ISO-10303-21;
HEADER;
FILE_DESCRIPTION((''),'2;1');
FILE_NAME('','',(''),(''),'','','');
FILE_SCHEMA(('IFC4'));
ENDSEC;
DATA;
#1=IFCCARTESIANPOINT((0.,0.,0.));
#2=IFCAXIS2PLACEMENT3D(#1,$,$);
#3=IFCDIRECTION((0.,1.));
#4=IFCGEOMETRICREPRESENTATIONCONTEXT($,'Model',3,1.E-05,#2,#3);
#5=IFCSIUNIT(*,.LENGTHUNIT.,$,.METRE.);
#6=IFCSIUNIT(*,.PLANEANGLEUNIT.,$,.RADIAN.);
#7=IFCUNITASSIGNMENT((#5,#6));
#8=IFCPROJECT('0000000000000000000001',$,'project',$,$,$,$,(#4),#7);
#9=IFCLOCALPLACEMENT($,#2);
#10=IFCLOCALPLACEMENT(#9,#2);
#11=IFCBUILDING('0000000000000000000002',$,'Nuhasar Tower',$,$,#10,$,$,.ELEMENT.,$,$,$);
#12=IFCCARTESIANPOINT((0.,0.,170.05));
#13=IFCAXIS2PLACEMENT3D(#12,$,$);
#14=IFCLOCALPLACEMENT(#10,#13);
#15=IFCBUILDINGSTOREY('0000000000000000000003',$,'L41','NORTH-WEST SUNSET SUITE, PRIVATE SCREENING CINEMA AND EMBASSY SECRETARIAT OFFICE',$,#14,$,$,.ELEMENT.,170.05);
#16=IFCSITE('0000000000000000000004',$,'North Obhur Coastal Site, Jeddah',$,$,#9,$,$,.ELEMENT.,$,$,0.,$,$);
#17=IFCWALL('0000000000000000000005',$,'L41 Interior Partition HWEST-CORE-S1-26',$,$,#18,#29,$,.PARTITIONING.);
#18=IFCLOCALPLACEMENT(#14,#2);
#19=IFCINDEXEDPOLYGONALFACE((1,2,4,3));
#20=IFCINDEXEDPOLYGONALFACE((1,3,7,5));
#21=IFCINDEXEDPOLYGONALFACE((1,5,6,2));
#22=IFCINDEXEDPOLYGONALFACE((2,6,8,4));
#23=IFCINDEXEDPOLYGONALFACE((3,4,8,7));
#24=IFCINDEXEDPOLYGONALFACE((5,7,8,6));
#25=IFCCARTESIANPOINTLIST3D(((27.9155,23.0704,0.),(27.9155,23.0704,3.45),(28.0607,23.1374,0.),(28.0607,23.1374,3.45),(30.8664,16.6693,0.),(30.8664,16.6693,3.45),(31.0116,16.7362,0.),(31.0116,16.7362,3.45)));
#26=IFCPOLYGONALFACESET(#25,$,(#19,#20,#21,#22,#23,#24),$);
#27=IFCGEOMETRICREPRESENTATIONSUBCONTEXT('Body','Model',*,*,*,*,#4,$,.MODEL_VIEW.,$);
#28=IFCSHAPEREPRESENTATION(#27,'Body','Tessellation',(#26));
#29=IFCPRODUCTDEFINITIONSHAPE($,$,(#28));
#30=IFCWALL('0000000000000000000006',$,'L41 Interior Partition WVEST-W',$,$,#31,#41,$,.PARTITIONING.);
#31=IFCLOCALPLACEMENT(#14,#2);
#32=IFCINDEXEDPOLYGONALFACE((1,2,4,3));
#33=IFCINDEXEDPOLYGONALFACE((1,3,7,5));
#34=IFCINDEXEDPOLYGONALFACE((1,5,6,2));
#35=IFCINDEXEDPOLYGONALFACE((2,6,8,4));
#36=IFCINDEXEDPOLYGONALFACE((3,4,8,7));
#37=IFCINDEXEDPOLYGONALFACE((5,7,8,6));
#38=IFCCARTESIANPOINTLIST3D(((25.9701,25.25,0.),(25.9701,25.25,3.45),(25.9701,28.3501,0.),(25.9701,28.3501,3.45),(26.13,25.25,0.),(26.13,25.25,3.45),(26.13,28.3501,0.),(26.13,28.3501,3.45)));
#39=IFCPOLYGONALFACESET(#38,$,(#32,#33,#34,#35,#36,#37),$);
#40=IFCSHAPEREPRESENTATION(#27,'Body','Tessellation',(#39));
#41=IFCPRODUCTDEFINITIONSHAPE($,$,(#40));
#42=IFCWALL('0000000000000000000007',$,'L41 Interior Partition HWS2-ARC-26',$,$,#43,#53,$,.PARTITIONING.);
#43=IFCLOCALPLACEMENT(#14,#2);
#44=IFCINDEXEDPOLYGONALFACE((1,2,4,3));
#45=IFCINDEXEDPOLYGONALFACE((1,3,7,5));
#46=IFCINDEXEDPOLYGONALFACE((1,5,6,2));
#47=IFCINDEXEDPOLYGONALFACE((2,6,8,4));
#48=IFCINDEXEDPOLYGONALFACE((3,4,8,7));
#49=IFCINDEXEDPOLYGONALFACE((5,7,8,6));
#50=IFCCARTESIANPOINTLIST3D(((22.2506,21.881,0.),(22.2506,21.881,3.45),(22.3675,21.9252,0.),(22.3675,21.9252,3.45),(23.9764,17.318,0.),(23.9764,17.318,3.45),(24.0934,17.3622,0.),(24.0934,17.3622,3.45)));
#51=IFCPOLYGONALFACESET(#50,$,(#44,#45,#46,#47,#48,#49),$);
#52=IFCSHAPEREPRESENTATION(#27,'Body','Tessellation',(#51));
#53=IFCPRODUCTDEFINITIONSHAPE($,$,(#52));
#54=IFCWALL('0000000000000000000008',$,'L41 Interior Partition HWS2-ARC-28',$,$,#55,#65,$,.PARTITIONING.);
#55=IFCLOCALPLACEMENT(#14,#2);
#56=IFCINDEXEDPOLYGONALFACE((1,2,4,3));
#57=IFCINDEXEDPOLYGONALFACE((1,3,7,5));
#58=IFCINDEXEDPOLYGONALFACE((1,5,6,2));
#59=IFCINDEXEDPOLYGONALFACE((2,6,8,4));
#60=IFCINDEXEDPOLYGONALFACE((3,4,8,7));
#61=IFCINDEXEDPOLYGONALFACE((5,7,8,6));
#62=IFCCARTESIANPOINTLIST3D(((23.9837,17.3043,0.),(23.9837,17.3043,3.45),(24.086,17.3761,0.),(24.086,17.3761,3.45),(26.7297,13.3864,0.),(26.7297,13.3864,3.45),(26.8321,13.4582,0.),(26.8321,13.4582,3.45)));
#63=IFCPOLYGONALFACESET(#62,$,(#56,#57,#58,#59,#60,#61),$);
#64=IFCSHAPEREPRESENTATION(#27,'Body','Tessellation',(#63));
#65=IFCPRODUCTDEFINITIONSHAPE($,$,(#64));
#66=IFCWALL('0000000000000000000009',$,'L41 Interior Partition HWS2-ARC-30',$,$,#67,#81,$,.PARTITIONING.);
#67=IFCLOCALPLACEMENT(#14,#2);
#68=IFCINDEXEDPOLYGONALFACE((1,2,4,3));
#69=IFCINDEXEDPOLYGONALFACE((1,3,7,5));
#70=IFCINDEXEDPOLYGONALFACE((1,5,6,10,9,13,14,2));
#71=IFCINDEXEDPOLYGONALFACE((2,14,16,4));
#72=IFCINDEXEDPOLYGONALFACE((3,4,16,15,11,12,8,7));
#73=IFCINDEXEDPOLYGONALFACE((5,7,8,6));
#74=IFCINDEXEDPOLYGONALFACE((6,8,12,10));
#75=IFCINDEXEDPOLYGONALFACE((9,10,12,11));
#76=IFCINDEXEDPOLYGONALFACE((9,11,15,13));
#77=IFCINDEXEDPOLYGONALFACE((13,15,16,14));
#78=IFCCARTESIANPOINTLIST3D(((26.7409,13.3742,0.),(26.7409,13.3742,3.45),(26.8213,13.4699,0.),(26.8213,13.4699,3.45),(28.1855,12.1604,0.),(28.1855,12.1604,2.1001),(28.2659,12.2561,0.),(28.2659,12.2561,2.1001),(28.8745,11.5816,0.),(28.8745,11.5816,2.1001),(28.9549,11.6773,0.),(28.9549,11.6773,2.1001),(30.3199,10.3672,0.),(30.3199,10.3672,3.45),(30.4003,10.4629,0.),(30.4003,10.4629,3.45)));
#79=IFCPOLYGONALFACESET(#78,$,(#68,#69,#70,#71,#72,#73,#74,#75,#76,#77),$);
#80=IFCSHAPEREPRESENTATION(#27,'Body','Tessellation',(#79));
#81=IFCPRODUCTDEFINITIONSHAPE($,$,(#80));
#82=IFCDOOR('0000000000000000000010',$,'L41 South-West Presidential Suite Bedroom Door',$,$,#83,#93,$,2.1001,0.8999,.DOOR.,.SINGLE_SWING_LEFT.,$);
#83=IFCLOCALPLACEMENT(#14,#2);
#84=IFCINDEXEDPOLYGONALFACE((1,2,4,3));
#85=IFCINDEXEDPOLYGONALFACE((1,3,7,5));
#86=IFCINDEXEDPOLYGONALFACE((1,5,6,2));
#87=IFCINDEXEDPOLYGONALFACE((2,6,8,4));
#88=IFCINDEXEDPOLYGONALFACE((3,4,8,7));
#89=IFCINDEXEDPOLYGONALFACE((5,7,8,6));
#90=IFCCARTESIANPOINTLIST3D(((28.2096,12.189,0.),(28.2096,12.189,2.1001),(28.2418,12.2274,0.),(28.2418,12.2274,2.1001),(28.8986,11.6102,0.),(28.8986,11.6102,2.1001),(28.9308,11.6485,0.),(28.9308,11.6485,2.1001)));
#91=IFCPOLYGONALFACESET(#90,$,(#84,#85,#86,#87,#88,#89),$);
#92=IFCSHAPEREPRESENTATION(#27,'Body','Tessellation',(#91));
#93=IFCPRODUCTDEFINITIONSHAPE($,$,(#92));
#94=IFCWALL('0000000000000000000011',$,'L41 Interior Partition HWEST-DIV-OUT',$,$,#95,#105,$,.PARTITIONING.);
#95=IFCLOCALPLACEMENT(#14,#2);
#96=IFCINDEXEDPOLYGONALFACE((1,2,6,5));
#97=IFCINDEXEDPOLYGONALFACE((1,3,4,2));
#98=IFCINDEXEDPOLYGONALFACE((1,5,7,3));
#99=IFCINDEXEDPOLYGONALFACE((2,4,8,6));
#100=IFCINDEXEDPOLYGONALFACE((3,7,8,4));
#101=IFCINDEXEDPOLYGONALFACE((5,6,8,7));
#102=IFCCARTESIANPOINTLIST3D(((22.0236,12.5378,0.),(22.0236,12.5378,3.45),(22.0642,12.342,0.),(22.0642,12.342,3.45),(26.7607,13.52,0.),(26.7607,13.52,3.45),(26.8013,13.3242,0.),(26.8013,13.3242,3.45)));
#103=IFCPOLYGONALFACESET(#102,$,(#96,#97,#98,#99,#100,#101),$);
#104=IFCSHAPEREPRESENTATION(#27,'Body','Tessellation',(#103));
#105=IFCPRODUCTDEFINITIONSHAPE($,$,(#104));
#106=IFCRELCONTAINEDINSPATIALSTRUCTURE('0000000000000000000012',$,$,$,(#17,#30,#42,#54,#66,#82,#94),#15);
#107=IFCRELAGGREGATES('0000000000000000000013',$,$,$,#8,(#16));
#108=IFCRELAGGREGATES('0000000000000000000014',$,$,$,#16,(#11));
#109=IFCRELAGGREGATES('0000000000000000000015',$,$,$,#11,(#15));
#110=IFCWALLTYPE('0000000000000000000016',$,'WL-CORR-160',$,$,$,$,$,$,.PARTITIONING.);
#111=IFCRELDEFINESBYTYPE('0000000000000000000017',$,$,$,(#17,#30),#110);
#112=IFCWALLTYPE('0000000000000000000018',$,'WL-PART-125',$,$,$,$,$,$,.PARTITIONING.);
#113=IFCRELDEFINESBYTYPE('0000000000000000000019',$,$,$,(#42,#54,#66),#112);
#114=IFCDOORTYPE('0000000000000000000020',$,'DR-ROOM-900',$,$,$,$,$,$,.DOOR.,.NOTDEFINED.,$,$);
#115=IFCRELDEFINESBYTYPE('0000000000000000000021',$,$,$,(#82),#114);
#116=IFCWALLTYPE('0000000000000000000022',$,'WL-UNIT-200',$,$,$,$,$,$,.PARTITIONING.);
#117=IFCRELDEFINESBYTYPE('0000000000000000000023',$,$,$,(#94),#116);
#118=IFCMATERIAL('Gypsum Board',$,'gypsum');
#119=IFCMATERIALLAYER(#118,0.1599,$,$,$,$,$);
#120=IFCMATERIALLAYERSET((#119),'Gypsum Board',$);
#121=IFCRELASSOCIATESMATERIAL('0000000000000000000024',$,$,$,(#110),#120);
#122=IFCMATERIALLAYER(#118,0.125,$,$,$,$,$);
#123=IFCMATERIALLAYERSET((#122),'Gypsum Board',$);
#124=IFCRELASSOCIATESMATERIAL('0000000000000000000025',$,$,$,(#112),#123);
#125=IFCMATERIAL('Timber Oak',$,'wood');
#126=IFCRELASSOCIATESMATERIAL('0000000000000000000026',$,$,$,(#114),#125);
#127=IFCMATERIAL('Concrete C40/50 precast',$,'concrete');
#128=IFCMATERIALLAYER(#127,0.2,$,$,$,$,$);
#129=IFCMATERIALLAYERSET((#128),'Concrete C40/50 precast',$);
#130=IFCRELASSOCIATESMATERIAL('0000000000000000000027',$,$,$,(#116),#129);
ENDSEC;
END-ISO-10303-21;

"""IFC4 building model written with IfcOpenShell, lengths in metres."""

from ifc_helpers import new_model, si_unit, direction, frame, frame_2d, origin, place, context, subcontext, project, spatial, rectangle, extrude, material, layer, layer_set, type_object, element, fill, save


model = new_model("IFC4")

# Units and contexts
model_context = context("Model", 3, precision=1e-05, world=origin(), true_north=direction((0.0, 1.0)))
body_context = subcontext(model_context, "Body", "Model", "MODEL_VIEW")
ifc_project = project(units=[si_unit("LENGTHUNIT", "METRE"), si_unit("PLANEANGLEUNIT", "RADIAN")], contexts=[model_context])

# Site, building, storey
site_placement = place(None, origin())
site = spatial("IfcSite", under=ifc_project, at=site_placement, Name="North Obhur Coastal Site, Jeddah", CompositionType="ELEMENT", RefElevation=0.0)
building_placement = place(site_placement, origin())
building = spatial("IfcBuilding", under=site, at=building_placement, Name="Nuhasar Tower", CompositionType="ELEMENT")
storey_placement = place(building_placement, frame((0.0, 0.0, 170.05)))
storey = spatial("IfcBuildingStorey", under=building, at=storey_placement, Name="L41", Description="NORTH-WEST SUNSET SUITE, PRIVATE SCREENING CINEMA AND EMBASSY SECRETARIAT OFFICE", CompositionType="ELEMENT", Elevation=170.05)

# Wall
ifc_material_1 = material(Name="Gypsum Board", Category="gypsum")
ifc_layer_1 = layer(ifc_material_1, 0.1599)
ifc_layer_set_1 = layer_set([ifc_layer_1], Name="Gypsum Board")
wall_type_1 = type_object("IfcWallType", Name="WL-CORR-160", PredefinedType="PARTITIONING", material=ifc_layer_set_1)
wall_1_placement = place(storey_placement, frame((27.988, 23.104, 0.0), z_axis=(0.0, 0.0, 1.0), x_axis=(0.418656, -0.908145, 0.0)))
element("IfcWall", 1, at=wall_1_placement, inside=storey, type_object=wall_type_1, Name="L41 Interior Partition HWEST-CORE-S1-26", PredefinedType="PARTITIONING", context=body_context, shape_type="SweptSolid", body=[
    extrude(rectangle(XDim=7.0486, YDim=0.1599, at=frame_2d((3.5244, 0.0))), origin(), (0.0, 0.0, 1.0), 3.45),
])

# Shared definitions
ifc_material_2 = material(Name="Timber Oak", Category="wood")

# Walls
wall_2_placement = place(storey_placement, frame((26.05, 25.25, 0.0), z_axis=(0.0, 0.0, 1.0), x_axis=(0.0, 1.0, 0.0)))
element("IfcWall", 2, at=wall_2_placement, inside=storey, type_object=wall_type_1, Name="L41 Interior Partition WVEST-W", PredefinedType="PARTITIONING", context=body_context, shape_type="SweptSolid", body=[
    extrude(rectangle(XDim=3.1001, YDim=0.1599, at=frame_2d((1.55, 0.0))), origin(), (0.0, 0.0, 1.0), 3.45),
])
ifc_layer_2 = layer(ifc_material_1, 0.125)
ifc_layer_set_2 = layer_set([ifc_layer_2], Name="Gypsum Board")
wall_type_2 = type_object("IfcWallType", Name="WL-PART-125", PredefinedType="PARTITIONING", material=ifc_layer_set_2)
wall_3_placement = place(storey_placement, frame((22.3091, 21.9031, 0.0), z_axis=(0.0, 0.0, 1.0), x_axis=(0.353765, -0.935334, 0.0)))
element("IfcWall", 3, at=wall_3_placement, inside=storey, type_object=wall_type_2, Name="L41 Interior Partition HWS2-ARC-26", PredefinedType="PARTITIONING", context=body_context, shape_type="SweptSolid", body=[
    extrude(rectangle(XDim=4.8784, YDim=0.125, at=frame_2d((2.4392, 0.0))), origin(), (0.0, 0.0, 1.0), 3.45),
])
wall_4_placement = place(storey_placement, frame((24.0349, 17.3401, 0.0), z_axis=(0.0, 0.0, 1.0), x_axis=(0.573955, -0.818887, 0.0)))
element("IfcWall", 4, at=wall_4_placement, inside=storey, type_object=wall_type_2, Name="L41 Interior Partition HWS2-ARC-28", PredefinedType="PARTITIONING", context=body_context, shape_type="SweptSolid", body=[
    extrude(rectangle(XDim=4.7844, YDim=0.125, at=frame_2d((2.3921, 0.0))), origin(), (0.0, 0.0, 1.0), 3.45),
])

# Wall, opening, door
wall_5_placement = place(storey_placement, frame((26.781, 13.4221, 0.0), z_axis=(0.0, 0.0, 1.0), x_axis=(0.765638, -0.643272, 0.0)))
wall_5 = element("IfcWall", 5, at=wall_5_placement, inside=storey, type_object=wall_type_2, Name="L41 Interior Partition HWS2-ARC-30", PredefinedType="PARTITIONING", context=body_context, shape_type="SweptSolid", body=[
    extrude(rectangle(XDim=4.6746, YDim=0.125, at=frame_2d((2.3374, 0.0))), origin(), (0.0, 0.0, 1.0), 3.45),
])
opening_1_placement = place(wall_5_placement, frame((1.887, 0.0, 0.0)))
opening_1 = element("IfcOpeningElement", 6, at=opening_1_placement, cuts=wall_5, PredefinedType="OPENING", context=body_context, shape_type="SweptSolid", body=[
    extrude(rectangle(XDim=0.8999, YDim=2.1001, at=frame_2d((0.45, 1.05))), frame((0.0, 0.0725, 0.0), z_axis=(0.0, -1.0, 0.0), x_axis=(1.0, 0.0, 0.0)), (0.0, 0.0, 1.0), 0.145),
])
door_type_1 = type_object("IfcDoorType", Name="DR-ROOM-900", OperationType="NOTDEFINED", PredefinedType="DOOR", material=ifc_material_2)
door_1_placement = place(opening_1_placement, origin())
door_1 = element("IfcDoor", 7, at=door_1_placement, inside=storey, type_object=door_type_1, Name="L41 South-West Presidential Suite Bedroom Door", OperationType="SINGLE_SWING_LEFT", OverallHeight=2.1001, OverallWidth=0.8999, PredefinedType="DOOR", context=body_context, shape_type="SweptSolid", body=[
    extrude(rectangle(XDim=0.8999, YDim=2.1001, at=frame_2d((0.45, 1.05))), frame((0.0, 0.0249, 0.0), z_axis=(0.0, -1.0, 0.0), x_axis=(1.0, 0.0, 0.0)), (0.0, 0.0, 1.0), 0.05),
])
fill(opening_1, door_1)

# Wall
ifc_material_3 = material(Name="Concrete C40/50 precast", Category="concrete")
ifc_layer_3 = layer(ifc_material_3, 0.2)
ifc_layer_set_3 = layer_set([ifc_layer_3], Name="Concrete C40/50 precast")
wall_type_3 = type_object("IfcWallType", Name="WL-UNIT-200", PredefinedType="PARTITIONING", material=ifc_layer_set_3)
wall_6_placement = place(storey_placement, frame((26.781, 13.4221, 0.0), z_axis=(0.0, 0.0, 1.0), x_axis=(-0.979174, -0.203021, 0.0)))
element("IfcWall", 8, at=wall_6_placement, inside=storey, type_object=wall_type_3, Name="L41 Interior Partition HWEST-DIV-OUT", PredefinedType="PARTITIONING", context=body_context, shape_type="SweptSolid", body=[
    extrude(rectangle(XDim=4.8379, YDim=0.2, at=frame_2d((2.4189, 0.0))), origin(), (0.0, 0.0, 1.0), 3.45),
])

save(model, "model.ifc")
